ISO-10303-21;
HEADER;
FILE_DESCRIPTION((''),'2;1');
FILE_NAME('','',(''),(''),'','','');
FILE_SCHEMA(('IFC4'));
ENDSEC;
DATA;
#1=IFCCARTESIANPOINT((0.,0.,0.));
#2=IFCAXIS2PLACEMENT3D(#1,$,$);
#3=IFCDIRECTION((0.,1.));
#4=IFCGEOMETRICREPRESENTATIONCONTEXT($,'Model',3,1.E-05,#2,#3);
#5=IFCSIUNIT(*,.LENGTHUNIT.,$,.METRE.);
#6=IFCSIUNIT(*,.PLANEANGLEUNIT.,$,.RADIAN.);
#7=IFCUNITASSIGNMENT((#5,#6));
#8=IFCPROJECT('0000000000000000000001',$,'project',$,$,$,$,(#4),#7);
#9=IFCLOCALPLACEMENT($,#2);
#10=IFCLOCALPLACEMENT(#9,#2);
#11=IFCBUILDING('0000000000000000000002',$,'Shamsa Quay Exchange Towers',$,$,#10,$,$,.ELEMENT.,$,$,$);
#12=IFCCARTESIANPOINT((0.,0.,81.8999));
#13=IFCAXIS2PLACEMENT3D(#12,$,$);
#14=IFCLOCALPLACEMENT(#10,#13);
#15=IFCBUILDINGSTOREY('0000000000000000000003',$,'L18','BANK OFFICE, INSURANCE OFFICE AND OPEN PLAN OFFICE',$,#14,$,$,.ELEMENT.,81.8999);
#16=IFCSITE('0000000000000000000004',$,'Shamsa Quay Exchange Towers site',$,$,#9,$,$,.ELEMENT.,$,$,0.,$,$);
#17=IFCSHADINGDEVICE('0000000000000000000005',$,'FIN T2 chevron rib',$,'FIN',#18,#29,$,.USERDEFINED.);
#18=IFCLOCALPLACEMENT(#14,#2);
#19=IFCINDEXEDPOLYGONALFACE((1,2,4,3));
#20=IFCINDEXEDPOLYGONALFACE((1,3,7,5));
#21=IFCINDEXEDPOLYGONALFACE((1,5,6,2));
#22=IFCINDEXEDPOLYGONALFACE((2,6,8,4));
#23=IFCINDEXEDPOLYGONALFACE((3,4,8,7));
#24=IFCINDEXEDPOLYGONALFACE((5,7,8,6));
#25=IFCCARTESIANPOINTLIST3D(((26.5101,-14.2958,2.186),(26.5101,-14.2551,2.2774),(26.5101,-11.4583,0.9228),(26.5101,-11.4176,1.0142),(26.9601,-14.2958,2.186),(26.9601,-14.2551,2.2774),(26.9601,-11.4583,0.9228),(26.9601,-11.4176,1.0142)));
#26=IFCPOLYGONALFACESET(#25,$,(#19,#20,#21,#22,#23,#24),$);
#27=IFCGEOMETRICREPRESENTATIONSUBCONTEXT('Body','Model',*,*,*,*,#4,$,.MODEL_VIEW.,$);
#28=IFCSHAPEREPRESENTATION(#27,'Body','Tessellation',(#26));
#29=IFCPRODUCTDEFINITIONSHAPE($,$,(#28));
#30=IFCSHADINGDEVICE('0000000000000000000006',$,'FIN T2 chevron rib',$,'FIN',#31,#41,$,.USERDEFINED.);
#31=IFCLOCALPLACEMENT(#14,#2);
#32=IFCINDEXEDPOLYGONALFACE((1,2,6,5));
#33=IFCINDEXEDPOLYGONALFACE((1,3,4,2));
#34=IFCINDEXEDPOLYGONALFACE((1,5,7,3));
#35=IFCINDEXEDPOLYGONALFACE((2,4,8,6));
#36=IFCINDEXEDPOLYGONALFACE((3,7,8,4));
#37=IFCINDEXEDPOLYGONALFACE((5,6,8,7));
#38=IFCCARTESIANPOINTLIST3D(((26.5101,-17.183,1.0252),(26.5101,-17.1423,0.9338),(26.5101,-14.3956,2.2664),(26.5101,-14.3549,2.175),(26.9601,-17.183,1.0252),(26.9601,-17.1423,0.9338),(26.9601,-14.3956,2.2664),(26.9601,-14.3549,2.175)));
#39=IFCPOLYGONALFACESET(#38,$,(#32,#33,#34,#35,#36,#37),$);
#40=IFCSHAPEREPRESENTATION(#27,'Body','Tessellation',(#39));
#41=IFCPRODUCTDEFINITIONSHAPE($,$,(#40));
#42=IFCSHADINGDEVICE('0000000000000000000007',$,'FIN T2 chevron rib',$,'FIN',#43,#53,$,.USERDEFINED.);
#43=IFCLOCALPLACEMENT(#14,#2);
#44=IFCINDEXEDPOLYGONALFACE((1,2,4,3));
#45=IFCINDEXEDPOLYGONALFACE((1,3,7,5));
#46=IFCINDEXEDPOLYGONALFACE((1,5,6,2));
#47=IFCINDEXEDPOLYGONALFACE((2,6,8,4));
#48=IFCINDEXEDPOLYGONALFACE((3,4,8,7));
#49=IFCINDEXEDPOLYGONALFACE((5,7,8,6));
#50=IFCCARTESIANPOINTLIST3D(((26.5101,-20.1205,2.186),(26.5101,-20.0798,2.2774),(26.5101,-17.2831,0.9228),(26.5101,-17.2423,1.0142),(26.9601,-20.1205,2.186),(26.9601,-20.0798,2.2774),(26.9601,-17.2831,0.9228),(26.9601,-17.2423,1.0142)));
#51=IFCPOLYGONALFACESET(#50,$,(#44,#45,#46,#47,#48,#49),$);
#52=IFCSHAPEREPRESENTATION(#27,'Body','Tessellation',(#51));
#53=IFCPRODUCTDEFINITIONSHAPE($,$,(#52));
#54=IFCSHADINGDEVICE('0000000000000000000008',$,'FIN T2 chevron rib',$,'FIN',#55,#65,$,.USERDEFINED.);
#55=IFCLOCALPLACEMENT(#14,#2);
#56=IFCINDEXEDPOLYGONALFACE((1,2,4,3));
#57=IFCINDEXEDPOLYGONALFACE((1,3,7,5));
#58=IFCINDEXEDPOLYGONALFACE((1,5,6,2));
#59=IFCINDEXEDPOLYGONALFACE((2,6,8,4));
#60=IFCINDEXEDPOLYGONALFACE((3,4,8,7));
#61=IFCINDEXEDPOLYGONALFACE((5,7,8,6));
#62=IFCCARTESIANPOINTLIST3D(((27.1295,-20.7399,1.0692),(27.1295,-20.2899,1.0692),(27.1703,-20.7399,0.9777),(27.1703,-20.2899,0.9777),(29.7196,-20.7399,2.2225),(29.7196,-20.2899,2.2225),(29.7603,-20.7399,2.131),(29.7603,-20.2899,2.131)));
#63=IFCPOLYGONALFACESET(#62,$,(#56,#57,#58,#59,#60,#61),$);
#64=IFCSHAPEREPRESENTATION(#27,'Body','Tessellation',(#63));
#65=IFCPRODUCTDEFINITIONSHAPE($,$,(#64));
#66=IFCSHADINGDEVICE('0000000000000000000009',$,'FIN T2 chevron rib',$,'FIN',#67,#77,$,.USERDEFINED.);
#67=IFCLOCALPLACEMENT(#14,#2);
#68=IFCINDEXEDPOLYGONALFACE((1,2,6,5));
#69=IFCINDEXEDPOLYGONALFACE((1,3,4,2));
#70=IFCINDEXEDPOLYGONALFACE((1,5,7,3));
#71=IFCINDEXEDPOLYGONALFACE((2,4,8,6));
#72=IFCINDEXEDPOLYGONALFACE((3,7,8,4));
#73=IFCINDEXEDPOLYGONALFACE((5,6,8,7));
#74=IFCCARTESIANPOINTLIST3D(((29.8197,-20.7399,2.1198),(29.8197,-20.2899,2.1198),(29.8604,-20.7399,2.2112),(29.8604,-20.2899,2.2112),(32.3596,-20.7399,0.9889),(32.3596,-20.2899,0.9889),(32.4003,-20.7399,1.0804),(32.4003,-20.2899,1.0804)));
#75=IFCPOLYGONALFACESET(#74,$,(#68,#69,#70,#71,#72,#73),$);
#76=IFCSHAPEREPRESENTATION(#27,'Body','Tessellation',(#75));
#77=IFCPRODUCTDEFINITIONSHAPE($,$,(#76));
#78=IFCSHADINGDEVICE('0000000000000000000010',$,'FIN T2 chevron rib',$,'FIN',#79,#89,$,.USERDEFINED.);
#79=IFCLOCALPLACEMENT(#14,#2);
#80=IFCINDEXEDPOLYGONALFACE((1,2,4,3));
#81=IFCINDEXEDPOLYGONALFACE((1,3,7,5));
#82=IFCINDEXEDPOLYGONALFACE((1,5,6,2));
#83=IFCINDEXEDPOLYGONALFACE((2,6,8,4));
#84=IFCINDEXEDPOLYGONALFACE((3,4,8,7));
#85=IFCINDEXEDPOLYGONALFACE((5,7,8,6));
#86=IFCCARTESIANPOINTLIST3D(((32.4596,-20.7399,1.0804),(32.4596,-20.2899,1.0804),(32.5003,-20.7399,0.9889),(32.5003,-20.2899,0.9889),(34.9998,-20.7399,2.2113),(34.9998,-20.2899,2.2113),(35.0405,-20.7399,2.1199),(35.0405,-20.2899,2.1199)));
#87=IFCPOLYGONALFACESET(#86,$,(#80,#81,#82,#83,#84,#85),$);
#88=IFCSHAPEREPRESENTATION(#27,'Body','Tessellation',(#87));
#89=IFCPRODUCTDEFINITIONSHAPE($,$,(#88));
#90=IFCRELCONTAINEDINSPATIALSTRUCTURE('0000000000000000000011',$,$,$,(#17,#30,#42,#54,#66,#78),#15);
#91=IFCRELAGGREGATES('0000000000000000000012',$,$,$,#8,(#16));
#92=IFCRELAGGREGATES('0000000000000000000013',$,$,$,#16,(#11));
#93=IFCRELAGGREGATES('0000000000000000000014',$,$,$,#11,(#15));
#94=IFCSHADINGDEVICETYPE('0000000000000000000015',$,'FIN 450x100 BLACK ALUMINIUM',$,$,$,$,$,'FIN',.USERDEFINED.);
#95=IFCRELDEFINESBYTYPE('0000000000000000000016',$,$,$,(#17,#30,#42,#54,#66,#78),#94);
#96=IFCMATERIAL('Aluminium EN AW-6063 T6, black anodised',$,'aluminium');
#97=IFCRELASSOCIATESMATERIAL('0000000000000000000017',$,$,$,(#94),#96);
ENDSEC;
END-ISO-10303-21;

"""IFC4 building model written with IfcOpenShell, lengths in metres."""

from ifc_helpers import new_model, si_unit, direction, frame, origin, origin_2d, place, context, subcontext, project, spatial, rectangle, extrude, material, material_profile, profile_set, type_object, element, save


model = new_model("IFC4")

# Units and contexts
model_context = context("Model", 3, precision=1e-05, world=origin(), true_north=direction((0.0, 1.0)))
body_context = subcontext(model_context, "Body", "Model", "MODEL_VIEW")
ifc_project = project(units=[si_unit("LENGTHUNIT", "METRE"), si_unit("PLANEANGLEUNIT", "RADIAN")], contexts=[model_context])

# Site, building, storey
site_placement = place(None, origin())
site = spatial("IfcSite", under=ifc_project, at=site_placement, Name="Shamsa Quay Exchange Towers site", CompositionType="ELEMENT", RefElevation=0.0)
building_placement = place(site_placement, origin())
building = spatial("IfcBuilding", under=site, at=building_placement, Name="Shamsa Quay Exchange Towers", CompositionType="ELEMENT")
storey_placement = place(building_placement, frame((0.0, 0.0, 81.8999)))
storey = spatial("IfcBuildingStorey", under=building, at=storey_placement, Name="L18", Description="BANK OFFICE, INSURANCE OFFICE AND OPEN PLAN OFFICE", CompositionType="ELEMENT", Elevation=81.8999)

# Shared definitions
ifc_material_1 = material(Name="Aluminium EN AW-6063 T6, black anodised", Category="aluminium")

# Shading devices
ifc_material_profile_1 = material_profile(ifc_material_1, rectangle(XDim=0.45, YDim=0.1001, at=origin_2d()), Name="FIN450x100")
ifc_profile_set_1 = profile_set([ifc_material_profile_1], Name="Aluminium EN AW-6063 T6, black anodised")
shading_device_type = type_object("IfcShadingDeviceType", Name="FIN 450x100 BLACK ALUMINIUM", ElementType="FIN", PredefinedType="USERDEFINED", material=ifc_profile_set_1)
shading_device_1_placement = place(storey_placement, frame((26.7351, -11.438, 0.9685), z_axis=(0.0, -0.913559, 0.406707), x_axis=(1.0, 0.0, 0.0)))
element("IfcShadingDevice", 1, at=shading_device_1_placement, inside=storey, type_object=shading_device_type, Name="FIN T2 chevron rib", ObjectType="FIN", PredefinedType="USERDEFINED", context=body_context, shape_type="SweptSolid", body=[
    extrude(rectangle(XDim=0.45, YDim=0.1001, at=origin_2d()), origin(), (0.0, 0.0, 1.0), 3.106),
])
shading_device_2_placement = place(storey_placement, frame((26.7351, -14.3752, 2.2207), z_axis=(0.0, -0.913521, -0.406792), x_axis=(1.0, 0.0, 0.0)))
element("IfcShadingDevice", 2, at=shading_device_2_placement, inside=storey, type_object=shading_device_type, Name="FIN T2 chevron rib", ObjectType="FIN", PredefinedType="USERDEFINED", context=body_context, shape_type="SweptSolid", body=[
    extrude(rectangle(XDim=0.45, YDim=0.1001, at=origin_2d()), origin(), (0.0, 0.0, 1.0), 3.0513),
])
shading_device_3_placement = place(storey_placement, frame((26.7351, -17.2627, 0.9685), z_axis=(0.0, -0.913559, 0.406707), x_axis=(1.0, 0.0, 0.0)))
element("IfcShadingDevice", 3, at=shading_device_3_placement, inside=storey, type_object=shading_device_type, Name="FIN T2 chevron rib", ObjectType="FIN", PredefinedType="USERDEFINED", context=body_context, shape_type="SweptSolid", body=[
    extrude(rectangle(XDim=0.45, YDim=0.1001, at=origin_2d()), origin(), (0.0, 0.0, 1.0), 3.106),
])
shading_device_4_placement = place(storey_placement, frame((27.1499, -20.5149, 1.0234), z_axis=(0.913527, 0.0, 0.406778), x_axis=(0.0, 1.0, 0.0)))
element("IfcShadingDevice", 4, at=shading_device_4_placement, inside=storey, type_object=shading_device_type, Name="FIN T2 chevron rib", ObjectType="FIN", PredefinedType="USERDEFINED", context=body_context, shape_type="SweptSolid", body=[
    extrude(rectangle(XDim=0.45, YDim=0.1001, at=origin_2d()), origin(), (0.0, 0.0, 1.0), 2.8352),
])
shading_device_5_placement = place(storey_placement, frame((29.8401, -20.5149, 2.1655), z_axis=(0.913536, 0.0, -0.406758), x_axis=(0.0, 1.0, 0.0)))
element("IfcShadingDevice", 5, at=shading_device_5_placement, inside=storey, type_object=shading_device_type, Name="FIN T2 chevron rib", ObjectType="FIN", PredefinedType="USERDEFINED", context=body_context, shape_type="SweptSolid", body=[
    extrude(rectangle(XDim=0.45, YDim=0.1001, at=origin_2d()), origin(), (0.0, 0.0, 1.0), 2.7803),
])
shading_device_6_placement = place(storey_placement, frame((32.48, -20.5149, 1.0347), z_axis=(0.913551, 0.0, 0.406725), x_axis=(0.0, 1.0, 0.0)))
element("IfcShadingDevice", 6, at=shading_device_6_placement, inside=storey, type_object=shading_device_type, Name="FIN T2 chevron rib", ObjectType="FIN", PredefinedType="USERDEFINED", context=body_context, shape_type="SweptSolid", body=[
    extrude(rectangle(XDim=0.45, YDim=0.1001, at=origin_2d()), origin(), (0.0, 0.0, 1.0), 2.7805),
])

save(model, "model.ifc")
